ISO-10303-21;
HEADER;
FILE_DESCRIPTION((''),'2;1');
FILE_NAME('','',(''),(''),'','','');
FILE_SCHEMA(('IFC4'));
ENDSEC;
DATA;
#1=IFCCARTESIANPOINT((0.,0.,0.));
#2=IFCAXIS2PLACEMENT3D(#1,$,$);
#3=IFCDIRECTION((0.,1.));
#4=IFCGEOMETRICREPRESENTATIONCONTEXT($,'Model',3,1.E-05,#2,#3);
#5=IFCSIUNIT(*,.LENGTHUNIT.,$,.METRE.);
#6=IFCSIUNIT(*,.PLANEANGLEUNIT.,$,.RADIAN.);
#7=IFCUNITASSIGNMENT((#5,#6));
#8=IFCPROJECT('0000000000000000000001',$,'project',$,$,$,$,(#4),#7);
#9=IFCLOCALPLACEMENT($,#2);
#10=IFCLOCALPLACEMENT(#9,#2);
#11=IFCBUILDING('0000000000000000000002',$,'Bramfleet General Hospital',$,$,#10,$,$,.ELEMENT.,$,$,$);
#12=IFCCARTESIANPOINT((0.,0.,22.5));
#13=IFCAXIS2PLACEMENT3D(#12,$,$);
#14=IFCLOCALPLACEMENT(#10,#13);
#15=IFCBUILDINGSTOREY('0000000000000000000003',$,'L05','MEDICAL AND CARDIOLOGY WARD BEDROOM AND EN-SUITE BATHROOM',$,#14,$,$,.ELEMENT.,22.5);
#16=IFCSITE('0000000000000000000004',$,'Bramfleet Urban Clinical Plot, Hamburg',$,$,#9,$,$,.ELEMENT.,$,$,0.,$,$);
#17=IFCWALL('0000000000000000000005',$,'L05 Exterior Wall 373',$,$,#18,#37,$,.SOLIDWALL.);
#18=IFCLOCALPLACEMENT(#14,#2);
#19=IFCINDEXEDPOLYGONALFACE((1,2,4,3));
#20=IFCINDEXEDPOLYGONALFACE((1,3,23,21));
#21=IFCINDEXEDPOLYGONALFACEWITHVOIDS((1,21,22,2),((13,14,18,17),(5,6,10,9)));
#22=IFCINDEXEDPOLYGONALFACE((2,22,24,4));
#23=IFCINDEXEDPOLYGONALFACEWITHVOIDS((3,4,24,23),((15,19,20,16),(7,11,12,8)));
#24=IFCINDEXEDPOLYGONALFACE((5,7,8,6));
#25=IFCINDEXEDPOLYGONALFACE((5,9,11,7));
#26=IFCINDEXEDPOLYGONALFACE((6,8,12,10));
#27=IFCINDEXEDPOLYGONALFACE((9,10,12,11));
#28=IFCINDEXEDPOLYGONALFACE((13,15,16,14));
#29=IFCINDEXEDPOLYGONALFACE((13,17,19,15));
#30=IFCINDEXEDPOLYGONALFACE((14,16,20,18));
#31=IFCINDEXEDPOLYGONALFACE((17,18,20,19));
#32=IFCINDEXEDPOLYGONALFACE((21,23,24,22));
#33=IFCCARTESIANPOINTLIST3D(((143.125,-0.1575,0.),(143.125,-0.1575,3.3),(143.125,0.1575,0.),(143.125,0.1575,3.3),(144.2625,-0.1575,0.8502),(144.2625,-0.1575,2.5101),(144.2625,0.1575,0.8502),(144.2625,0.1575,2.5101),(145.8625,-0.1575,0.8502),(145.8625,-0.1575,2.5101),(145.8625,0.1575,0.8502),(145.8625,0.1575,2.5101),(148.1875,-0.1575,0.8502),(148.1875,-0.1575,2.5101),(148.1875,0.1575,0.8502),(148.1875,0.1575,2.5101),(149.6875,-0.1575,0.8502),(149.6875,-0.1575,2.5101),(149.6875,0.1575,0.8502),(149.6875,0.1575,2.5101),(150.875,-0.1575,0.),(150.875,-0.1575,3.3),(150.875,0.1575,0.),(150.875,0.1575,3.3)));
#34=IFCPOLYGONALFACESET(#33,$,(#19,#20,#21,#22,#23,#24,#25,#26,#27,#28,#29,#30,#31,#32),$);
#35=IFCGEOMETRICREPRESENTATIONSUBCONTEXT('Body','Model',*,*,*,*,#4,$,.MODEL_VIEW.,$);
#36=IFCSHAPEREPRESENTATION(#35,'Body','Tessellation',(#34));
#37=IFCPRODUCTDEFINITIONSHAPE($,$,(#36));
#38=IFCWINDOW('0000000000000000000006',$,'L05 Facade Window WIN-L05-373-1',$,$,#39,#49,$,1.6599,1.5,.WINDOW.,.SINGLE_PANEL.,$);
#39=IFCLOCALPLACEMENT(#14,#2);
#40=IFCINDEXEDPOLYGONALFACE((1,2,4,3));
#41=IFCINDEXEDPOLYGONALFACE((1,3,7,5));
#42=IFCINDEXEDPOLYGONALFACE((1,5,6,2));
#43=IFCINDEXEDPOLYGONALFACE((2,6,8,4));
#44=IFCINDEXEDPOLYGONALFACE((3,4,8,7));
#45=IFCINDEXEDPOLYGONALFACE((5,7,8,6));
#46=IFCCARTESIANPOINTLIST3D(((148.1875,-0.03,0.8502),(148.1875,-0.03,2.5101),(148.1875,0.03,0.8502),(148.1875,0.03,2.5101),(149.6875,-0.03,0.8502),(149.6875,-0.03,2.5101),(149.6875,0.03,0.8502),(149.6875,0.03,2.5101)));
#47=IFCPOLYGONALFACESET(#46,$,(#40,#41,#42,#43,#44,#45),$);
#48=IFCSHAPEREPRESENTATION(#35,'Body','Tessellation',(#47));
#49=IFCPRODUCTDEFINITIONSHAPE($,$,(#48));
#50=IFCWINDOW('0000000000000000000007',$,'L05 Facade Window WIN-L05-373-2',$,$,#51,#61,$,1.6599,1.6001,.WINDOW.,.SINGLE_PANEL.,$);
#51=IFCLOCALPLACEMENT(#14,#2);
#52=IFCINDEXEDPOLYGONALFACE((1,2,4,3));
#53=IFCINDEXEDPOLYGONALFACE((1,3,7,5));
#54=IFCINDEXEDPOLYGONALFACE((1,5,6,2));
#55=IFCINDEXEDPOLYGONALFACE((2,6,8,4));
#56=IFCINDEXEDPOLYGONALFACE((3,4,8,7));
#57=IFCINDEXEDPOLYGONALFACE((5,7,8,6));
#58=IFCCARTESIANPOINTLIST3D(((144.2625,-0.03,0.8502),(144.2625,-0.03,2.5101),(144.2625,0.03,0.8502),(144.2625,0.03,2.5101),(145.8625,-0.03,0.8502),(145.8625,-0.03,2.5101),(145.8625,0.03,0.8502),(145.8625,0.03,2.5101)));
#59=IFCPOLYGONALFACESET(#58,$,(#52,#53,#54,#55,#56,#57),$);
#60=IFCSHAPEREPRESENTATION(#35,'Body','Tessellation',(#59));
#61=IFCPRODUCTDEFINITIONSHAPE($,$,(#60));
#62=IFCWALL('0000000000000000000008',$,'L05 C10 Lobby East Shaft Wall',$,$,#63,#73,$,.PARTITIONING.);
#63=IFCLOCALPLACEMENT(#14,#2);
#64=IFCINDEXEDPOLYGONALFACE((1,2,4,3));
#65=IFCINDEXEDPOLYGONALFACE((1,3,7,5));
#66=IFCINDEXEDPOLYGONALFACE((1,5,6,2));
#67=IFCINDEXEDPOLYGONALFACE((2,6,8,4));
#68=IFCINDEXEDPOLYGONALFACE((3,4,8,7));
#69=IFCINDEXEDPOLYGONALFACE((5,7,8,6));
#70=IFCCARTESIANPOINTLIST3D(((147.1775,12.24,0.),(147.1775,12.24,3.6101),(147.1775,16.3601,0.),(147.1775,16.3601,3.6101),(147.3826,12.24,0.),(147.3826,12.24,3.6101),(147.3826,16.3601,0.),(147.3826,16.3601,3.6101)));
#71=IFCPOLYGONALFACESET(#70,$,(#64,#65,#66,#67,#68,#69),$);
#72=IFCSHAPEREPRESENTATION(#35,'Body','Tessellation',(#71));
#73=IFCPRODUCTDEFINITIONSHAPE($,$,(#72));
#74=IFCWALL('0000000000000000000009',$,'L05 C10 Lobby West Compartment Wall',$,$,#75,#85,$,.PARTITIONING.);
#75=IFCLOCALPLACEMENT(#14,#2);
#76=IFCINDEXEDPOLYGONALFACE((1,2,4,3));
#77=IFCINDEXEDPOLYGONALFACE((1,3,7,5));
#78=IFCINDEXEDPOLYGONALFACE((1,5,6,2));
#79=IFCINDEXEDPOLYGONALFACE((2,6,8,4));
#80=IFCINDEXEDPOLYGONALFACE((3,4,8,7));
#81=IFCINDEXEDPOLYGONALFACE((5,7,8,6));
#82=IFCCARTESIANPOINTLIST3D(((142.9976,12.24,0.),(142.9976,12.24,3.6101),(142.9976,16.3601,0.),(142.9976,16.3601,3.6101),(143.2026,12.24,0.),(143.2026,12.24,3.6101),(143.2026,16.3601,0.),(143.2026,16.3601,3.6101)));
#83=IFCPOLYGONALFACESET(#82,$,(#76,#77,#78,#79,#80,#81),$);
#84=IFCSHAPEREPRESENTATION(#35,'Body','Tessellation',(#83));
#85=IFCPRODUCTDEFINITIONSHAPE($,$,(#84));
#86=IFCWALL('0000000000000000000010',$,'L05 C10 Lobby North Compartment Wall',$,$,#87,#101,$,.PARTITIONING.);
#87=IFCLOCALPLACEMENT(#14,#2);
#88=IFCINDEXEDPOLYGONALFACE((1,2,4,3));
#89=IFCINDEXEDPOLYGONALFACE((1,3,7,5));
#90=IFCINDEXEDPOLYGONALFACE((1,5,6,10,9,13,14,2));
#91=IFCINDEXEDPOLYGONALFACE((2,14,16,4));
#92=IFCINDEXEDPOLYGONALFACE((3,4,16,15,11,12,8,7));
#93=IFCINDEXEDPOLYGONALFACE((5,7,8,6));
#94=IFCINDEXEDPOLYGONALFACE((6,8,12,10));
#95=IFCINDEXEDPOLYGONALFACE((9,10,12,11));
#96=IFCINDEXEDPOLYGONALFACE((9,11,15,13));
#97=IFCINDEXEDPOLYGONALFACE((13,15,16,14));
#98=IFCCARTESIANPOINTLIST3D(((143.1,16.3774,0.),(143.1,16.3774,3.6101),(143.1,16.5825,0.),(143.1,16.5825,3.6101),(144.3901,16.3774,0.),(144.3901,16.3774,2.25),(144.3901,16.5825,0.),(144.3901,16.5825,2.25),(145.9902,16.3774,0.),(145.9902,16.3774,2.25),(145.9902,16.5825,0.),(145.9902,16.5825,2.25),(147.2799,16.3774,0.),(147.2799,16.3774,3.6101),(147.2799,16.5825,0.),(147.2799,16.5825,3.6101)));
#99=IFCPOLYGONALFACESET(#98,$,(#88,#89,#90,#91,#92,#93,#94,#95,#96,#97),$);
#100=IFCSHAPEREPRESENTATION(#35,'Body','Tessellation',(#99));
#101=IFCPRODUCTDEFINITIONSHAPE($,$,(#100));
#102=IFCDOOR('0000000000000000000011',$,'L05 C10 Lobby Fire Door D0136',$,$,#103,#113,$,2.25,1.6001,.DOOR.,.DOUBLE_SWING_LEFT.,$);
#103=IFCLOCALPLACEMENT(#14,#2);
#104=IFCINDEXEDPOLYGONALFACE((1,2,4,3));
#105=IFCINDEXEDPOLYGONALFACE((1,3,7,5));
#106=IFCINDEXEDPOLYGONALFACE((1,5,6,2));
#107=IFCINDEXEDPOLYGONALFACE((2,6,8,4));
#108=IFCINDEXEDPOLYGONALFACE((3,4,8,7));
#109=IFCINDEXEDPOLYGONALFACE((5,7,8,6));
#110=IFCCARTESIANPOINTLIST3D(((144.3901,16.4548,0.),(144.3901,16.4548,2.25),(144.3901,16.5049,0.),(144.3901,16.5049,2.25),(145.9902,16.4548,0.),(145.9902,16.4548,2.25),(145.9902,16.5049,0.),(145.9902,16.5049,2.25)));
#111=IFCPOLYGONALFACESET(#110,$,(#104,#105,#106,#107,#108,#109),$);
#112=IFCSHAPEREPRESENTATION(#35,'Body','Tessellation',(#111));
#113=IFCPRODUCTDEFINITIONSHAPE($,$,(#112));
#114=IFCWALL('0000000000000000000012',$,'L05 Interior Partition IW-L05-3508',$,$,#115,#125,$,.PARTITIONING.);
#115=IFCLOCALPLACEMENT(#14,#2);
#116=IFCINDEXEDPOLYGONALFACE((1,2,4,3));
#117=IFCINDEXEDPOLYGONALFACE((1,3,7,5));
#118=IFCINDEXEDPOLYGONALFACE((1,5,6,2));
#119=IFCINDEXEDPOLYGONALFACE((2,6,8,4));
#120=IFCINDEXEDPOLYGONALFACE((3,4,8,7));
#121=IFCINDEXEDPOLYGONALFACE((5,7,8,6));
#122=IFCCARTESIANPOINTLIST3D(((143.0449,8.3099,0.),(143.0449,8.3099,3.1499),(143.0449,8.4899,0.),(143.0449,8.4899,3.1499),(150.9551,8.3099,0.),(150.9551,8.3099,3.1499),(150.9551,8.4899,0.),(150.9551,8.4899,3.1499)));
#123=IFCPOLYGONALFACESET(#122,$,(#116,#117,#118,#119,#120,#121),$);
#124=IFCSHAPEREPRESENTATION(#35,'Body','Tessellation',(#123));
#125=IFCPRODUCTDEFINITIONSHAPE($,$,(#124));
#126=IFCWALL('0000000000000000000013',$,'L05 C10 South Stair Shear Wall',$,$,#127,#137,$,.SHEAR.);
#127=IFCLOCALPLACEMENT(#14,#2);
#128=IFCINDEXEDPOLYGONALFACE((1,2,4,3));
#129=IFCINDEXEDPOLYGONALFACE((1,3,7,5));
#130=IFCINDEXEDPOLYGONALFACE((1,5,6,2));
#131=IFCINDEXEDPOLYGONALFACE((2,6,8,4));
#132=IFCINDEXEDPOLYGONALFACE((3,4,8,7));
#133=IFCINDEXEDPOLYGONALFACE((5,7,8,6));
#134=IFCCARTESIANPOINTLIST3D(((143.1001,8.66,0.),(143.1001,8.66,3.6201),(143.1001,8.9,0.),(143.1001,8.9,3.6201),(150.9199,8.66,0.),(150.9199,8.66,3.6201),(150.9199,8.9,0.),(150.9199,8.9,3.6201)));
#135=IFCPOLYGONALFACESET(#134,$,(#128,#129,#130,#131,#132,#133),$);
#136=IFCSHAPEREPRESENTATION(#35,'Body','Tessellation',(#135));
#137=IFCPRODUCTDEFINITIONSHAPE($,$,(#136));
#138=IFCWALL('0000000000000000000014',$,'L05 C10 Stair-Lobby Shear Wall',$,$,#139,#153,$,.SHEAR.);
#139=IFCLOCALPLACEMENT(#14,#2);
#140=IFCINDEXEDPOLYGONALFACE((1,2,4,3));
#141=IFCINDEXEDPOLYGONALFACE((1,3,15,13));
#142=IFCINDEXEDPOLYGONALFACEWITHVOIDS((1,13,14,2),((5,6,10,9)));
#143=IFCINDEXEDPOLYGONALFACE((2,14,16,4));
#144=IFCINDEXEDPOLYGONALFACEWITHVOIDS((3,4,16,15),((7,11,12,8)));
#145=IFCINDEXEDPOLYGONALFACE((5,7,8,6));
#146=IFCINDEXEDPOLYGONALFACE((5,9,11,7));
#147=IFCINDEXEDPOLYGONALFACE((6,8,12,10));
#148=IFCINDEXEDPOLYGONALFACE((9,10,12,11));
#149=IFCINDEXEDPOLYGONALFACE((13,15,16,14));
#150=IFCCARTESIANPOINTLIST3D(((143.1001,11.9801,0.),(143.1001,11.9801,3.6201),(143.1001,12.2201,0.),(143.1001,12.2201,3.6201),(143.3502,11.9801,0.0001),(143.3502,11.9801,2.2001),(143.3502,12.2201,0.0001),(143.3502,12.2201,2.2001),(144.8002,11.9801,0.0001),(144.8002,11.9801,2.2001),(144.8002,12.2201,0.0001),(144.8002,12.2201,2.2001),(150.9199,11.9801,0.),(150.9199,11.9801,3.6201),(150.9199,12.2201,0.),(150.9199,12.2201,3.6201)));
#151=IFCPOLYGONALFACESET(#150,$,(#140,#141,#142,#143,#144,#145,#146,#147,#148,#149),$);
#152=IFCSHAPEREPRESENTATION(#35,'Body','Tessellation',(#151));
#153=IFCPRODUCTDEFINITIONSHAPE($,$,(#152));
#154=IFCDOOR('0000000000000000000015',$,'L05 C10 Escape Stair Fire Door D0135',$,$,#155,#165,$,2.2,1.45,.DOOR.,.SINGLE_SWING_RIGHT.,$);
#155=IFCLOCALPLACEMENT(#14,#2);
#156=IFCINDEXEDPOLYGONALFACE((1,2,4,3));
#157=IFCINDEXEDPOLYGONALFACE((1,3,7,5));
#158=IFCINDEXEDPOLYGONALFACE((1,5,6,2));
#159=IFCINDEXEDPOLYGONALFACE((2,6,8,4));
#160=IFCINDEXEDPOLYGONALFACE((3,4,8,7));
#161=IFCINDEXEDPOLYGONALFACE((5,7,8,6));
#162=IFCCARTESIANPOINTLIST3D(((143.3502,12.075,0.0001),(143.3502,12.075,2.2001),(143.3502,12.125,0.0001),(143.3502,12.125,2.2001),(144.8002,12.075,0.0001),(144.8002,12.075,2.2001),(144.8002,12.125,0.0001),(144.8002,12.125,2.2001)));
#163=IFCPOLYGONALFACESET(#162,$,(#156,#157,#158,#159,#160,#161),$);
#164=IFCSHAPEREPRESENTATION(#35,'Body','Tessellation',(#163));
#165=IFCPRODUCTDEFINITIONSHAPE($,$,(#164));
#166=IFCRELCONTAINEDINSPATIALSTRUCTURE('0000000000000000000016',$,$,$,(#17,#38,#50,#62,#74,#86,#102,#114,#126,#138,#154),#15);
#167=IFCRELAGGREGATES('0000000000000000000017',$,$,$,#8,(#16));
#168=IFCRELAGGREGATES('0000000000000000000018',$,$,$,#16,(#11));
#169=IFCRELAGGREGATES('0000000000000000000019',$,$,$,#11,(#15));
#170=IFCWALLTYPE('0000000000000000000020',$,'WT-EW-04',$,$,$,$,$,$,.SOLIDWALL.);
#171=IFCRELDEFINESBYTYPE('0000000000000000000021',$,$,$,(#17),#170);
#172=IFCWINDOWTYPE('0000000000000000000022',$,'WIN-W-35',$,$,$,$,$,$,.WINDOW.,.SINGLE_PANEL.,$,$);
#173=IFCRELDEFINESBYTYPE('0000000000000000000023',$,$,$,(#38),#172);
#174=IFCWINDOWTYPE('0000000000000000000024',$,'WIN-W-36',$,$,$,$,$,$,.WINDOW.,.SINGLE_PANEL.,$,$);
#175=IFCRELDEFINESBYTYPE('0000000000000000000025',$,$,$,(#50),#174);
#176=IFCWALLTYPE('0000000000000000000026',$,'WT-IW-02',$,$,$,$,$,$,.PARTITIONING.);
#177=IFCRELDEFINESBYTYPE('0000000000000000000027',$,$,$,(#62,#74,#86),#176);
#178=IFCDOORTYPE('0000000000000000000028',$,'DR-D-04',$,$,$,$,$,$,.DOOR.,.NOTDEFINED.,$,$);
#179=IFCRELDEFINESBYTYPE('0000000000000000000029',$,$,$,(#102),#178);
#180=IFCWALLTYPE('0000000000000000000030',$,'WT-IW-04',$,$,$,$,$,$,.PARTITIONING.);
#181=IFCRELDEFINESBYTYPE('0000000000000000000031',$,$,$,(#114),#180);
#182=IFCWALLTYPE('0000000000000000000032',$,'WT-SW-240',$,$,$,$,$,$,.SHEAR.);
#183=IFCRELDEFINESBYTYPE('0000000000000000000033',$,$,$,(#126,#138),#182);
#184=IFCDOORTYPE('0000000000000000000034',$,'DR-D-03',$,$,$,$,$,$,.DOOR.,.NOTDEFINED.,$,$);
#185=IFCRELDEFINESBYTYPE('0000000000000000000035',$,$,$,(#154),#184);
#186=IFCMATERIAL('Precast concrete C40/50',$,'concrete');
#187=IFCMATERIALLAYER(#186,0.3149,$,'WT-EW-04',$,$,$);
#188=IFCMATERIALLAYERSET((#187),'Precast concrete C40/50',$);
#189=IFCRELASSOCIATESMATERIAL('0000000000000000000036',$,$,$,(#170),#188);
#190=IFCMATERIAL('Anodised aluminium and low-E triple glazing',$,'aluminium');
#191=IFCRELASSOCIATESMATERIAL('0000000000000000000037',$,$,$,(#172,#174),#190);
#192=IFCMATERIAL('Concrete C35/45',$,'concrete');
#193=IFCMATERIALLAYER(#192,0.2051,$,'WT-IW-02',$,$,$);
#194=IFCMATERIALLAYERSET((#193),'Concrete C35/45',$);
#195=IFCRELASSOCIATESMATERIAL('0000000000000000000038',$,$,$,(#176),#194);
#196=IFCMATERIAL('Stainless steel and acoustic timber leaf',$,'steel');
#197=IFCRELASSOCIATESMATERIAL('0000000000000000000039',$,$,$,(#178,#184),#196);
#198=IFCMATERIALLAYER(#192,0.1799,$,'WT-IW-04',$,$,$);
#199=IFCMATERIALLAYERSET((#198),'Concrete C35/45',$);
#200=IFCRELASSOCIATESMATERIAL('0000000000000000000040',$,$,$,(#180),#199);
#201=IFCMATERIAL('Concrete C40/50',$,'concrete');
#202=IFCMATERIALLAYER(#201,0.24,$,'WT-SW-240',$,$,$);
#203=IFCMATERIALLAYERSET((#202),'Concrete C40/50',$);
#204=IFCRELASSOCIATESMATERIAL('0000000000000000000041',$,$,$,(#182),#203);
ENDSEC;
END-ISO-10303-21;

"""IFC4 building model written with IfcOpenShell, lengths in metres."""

from ifc_helpers import new_model, si_unit, direction, frame, frame_2d, origin, place, context, subcontext, project, spatial, rectangle, extrude, material, layer, layer_set, type_object, element, fill, save


model = new_model("IFC4")

# Units and contexts
model_context = context("Model", 3, precision=1e-05, world=origin(), true_north=direction((0.0, 1.0)))
body_context = subcontext(model_context, "Body", "Model", "MODEL_VIEW")
ifc_project = project(units=[si_unit("LENGTHUNIT", "METRE"), si_unit("PLANEANGLEUNIT", "RADIAN")], contexts=[model_context])

# Site, building, storey
site_placement = place(None, origin())
site = spatial("IfcSite", under=ifc_project, at=site_placement, Name="Bramfleet Urban Clinical Plot, Hamburg", CompositionType="ELEMENT", RefElevation=0.0)
building_placement = place(site_placement, origin())
building = spatial("IfcBuilding", under=site, at=building_placement, Name="Bramfleet General Hospital", CompositionType="ELEMENT")
storey_placement = place(building_placement, frame((0.0, 0.0, 22.5)))
storey = spatial("IfcBuildingStorey", under=building, at=storey_placement, Name="L05", Description="MEDICAL AND CARDIOLOGY WARD BEDROOM AND EN-SUITE BATHROOM", CompositionType="ELEMENT", Elevation=22.5)

# Shared definitions
ifc_material_1 = material(Name="Concrete C40/50", Category="concrete")

# Shared definitions
ifc_material_2 = material(Name="Concrete C35/45", Category="concrete")

# Shared definitions
ifc_material_3 = material(Name="Anodised aluminium and low-E triple glazing", Category="aluminium")

# Wall, openings, windows
ifc_material_4 = material(Name="Precast concrete C40/50", Category="concrete")
ifc_layer_1 = layer(ifc_material_4, 0.3149, Name="WT-EW-04")
ifc_layer_set_1 = layer_set([ifc_layer_1], Name="Precast concrete C40/50")
wall_type_1 = type_object("IfcWallType", Name="WT-EW-04", PredefinedType="SOLIDWALL", material=ifc_layer_set_1)
wall_1_placement = place(storey_placement, frame((150.875, 0.0, 0.0), z_axis=(0.0, 0.0, 1.0), x_axis=(-1.0, 0.0, 0.0)))
wall_1 = element("IfcWall", 1, at=wall_1_placement, inside=storey, type_object=wall_type_1, Name="L05 Exterior Wall 373", PredefinedType="SOLIDWALL", context=body_context, shape_type="SweptSolid", body=[
    extrude(rectangle(XDim=7.75, YDim=0.3149, at=frame_2d((3.875, 0.0))), origin(), (0.0, 0.0, 1.0), 3.3),
])
opening_1_placement = place(wall_1_placement, frame((1.1875, 0.0, 0.8501)))
opening_1 = element("IfcOpeningElement", 2, at=opening_1_placement, cuts=wall_1, PredefinedType="OPENING", context=body_context, shape_type="SweptSolid", body=[
    extrude(rectangle(XDim=1.5, YDim=1.6599, at=frame_2d((0.75, 0.8301))), frame((0.0, 0.1675, 0.0), z_axis=(0.0, -1.0, 0.0), x_axis=(1.0, 0.0, 0.0)), (0.0, 0.0, 1.0), 0.335),
])
opening_2_placement = place(wall_1_placement, frame((5.0125, 0.0, 0.8501)))
opening_2 = element("IfcOpeningElement", 3, at=opening_2_placement, cuts=wall_1, PredefinedType="OPENING", context=body_context, shape_type="SweptSolid", body=[
    extrude(rectangle(XDim=1.6001, YDim=1.6599, at=frame_2d((0.8, 0.8301))), frame((0.0, 0.1675, 0.0), z_axis=(0.0, -1.0, 0.0), x_axis=(1.0, 0.0, 0.0)), (0.0, 0.0, 1.0), 0.335),
])
window_type_1 = type_object("IfcWindowType", Name="WIN-W-35", PartitioningType="SINGLE_PANEL", PredefinedType="WINDOW", material=ifc_material_3)
window_1_placement = place(opening_1_placement, origin())
window_1 = element("IfcWindow", 4, at=window_1_placement, inside=storey, type_object=window_type_1, Name="L05 Facade Window WIN-L05-373-1", OverallHeight=1.6599, OverallWidth=1.5, PartitioningType="SINGLE_PANEL", PredefinedType="WINDOW", context=body_context, shape_type="SweptSolid", body=[
    extrude(rectangle(XDim=1.5, YDim=1.6599, at=frame_2d((0.75, 0.8301))), frame((0.0, 0.03, 0.0), z_axis=(0.0, -1.0, 0.0), x_axis=(1.0, 0.0, 0.0)), (0.0, 0.0, 1.0), 0.0601),
])
fill(opening_1, window_1)
window_type_2 = type_object("IfcWindowType", Name="WIN-W-36", PartitioningType="SINGLE_PANEL", PredefinedType="WINDOW", material=ifc_material_3)
window_2_placement = place(opening_2_placement, origin())
window_2 = element("IfcWindow", 5, at=window_2_placement, inside=storey, type_object=window_type_2, Name="L05 Facade Window WIN-L05-373-2", OverallHeight=1.6599, OverallWidth=1.6001, PartitioningType="SINGLE_PANEL", PredefinedType="WINDOW", context=body_context, shape_type="SweptSolid", body=[
    extrude(rectangle(XDim=1.6001, YDim=1.6599, at=frame_2d((0.8, 0.8301))), frame((0.0, 0.03, 0.0), z_axis=(0.0, -1.0, 0.0), x_axis=(1.0, 0.0, 0.0)), (0.0, 0.0, 1.0), 0.0601),
])
fill(opening_2, window_2)

# Walls
ifc_layer_2 = layer(ifc_material_2, 0.2051, Name="WT-IW-02")
ifc_layer_set_2 = layer_set([ifc_layer_2], Name="Concrete C35/45")
wall_type_2 = type_object("IfcWallType", Name="WT-IW-02", PredefinedType="PARTITIONING", material=ifc_layer_set_2)
for number, where, z_axis, x_axis, name in (
    (6, (147.28, 12.24, 0.0), (0.0, 0.0, 1.0), (0.0, 1.0, 0.0), "L05 C10 Lobby East Shaft Wall"),
    (7, (143.1001, 12.24, 0.0), (0.0, 0.0, 1.0), (0.0, 1.0, 0.0), "L05 C10 Lobby West Compartment Wall"),
):
    element("IfcWall", number, at=place(storey_placement, frame(where, z_axis=z_axis, x_axis=x_axis)), inside=storey, type_object=wall_type_2, Name=name, PredefinedType="PARTITIONING", context=body_context, shape_type="SweptSolid", body=[
        extrude(rectangle(XDim=4.1201, YDim=0.2051, at=frame_2d((2.0601, 0.0))), origin(), (0.0, 0.0, 1.0), 3.6101),
    ])

# Wall, opening, door
wall_2_placement = place(storey_placement, frame((143.1001, 16.48, 0.0), z_axis=(0.0, 0.0, 1.0), x_axis=(1.0, 0.0, 0.0)))
wall_2 = element("IfcWall", 8, at=wall_2_placement, inside=storey, type_object=wall_type_2, Name="L05 C10 Lobby North Compartment Wall", PredefinedType="PARTITIONING", context=body_context, shape_type="SweptSolid", body=[
    extrude(rectangle(XDim=4.1799, YDim=0.2051, at=frame_2d((2.0898, 0.0))), origin(), (0.0, 0.0, 1.0), 3.6101),
])
opening_3_placement = place(wall_2_placement, frame((1.29, 0.0, 0.0)))
opening_3 = element("IfcOpeningElement", 9, at=opening_3_placement, cuts=wall_2, PredefinedType="OPENING", context=body_context, shape_type="SweptSolid", body=[
    extrude(rectangle(XDim=1.6001, YDim=2.25, at=frame_2d((0.8, 1.125))), frame((0.0, 0.1125, 0.0), z_axis=(0.0, -1.0, 0.0), x_axis=(1.0, 0.0, 0.0)), (0.0, 0.0, 1.0), 0.2251),
])
ifc_material_5 = material(Name="Stainless steel and acoustic timber leaf", Category="steel")
door_type_1 = type_object("IfcDoorType", Name="DR-D-04", OperationType="NOTDEFINED", PredefinedType="DOOR", material=ifc_material_5)
door_1_placement = place(opening_3_placement, origin())
door_1 = element("IfcDoor", 10, at=door_1_placement, inside=storey, type_object=door_type_1, Name="L05 C10 Lobby Fire Door D0136", OperationType="DOUBLE_SWING_LEFT", OverallHeight=2.25, OverallWidth=1.6001, PredefinedType="DOOR", context=body_context, shape_type="SweptSolid", body=[
    extrude(rectangle(XDim=1.6001, YDim=2.25, at=frame_2d((0.8, 1.125))), frame((0.0, 0.0249, 0.0), z_axis=(0.0, -1.0, 0.0), x_axis=(1.0, 0.0, 0.0)), (0.0, 0.0, 1.0), 0.05),
])
fill(opening_3, door_1)

# Walls
ifc_layer_3 = layer(ifc_material_2, 0.1799, Name="WT-IW-04")
ifc_layer_set_3 = layer_set([ifc_layer_3], Name="Concrete C35/45")
wall_type_3 = type_object("IfcWallType", Name="WT-IW-04", PredefinedType="PARTITIONING", material=ifc_layer_set_3)
wall_3_placement = place(storey_placement, frame((143.0449, 8.3999, 0.0), z_axis=(0.0, 0.0, 1.0), x_axis=(1.0, 0.0, 0.0)))
element("IfcWall", 11, at=wall_3_placement, inside=storey, type_object=wall_type_3, Name="L05 Interior Partition IW-L05-3508", PredefinedType="PARTITIONING", context=body_context, shape_type="SweptSolid", body=[
    extrude(rectangle(XDim=7.9102, YDim=0.1799, at=frame_2d((3.9551, 0.0))), origin(), (0.0, 0.0, 1.0), 3.1499),
])
ifc_layer_4 = layer(ifc_material_1, 0.24, Name="WT-SW-240")
ifc_layer_set_4 = layer_set([ifc_layer_4], Name="Concrete C40/50")
wall_type_4 = type_object("IfcWallType", Name="WT-SW-240", PredefinedType="SHEAR", material=ifc_layer_set_4)
wall_4_placement = place(storey_placement, frame((143.1001, 8.78, 0.0), z_axis=(0.0, 0.0, 1.0), x_axis=(1.0, 0.0, 0.0)))
element("IfcWall", 12, at=wall_4_placement, inside=storey, type_object=wall_type_4, Name="L05 C10 South Stair Shear Wall", PredefinedType="SHEAR", context=body_context, shape_type="SweptSolid", body=[
    extrude(rectangle(XDim=7.8198, YDim=0.24, at=frame_2d((3.9099, 0.0))), origin(), (0.0, 0.0, 1.0), 3.6201),
])

# Wall, opening, door
wall_5_placement = place(storey_placement, frame((143.1001, 12.1001, 0.0), z_axis=(0.0, 0.0, 1.0), x_axis=(1.0, 0.0, 0.0)))
wall_5 = element("IfcWall", 13, at=wall_5_placement, inside=storey, type_object=wall_type_4, Name="L05 C10 Stair-Lobby Shear Wall", PredefinedType="SHEAR", context=body_context, shape_type="SweptSolid", body=[
    extrude(rectangle(XDim=7.8198, YDim=0.24, at=frame_2d((3.9099, 0.0))), origin(), (0.0, 0.0, 1.0), 3.6201),
])
opening_4_placement = place(wall_5_placement, frame((0.25, 0.0, 0.0)))
opening_4 = element("IfcOpeningElement", 14, at=opening_4_placement, cuts=wall_5, PredefinedType="OPENING", context=body_context, shape_type="SweptSolid", body=[
    extrude(rectangle(XDim=1.45, YDim=2.2, at=frame_2d((0.7251, 1.1001))), frame((0.0, 0.1299, 0.0), z_axis=(0.0, -1.0, 0.0), x_axis=(1.0, 0.0, 0.0)), (0.0, 0.0, 1.0), 0.26),
])
door_type_2 = type_object("IfcDoorType", Name="DR-D-03", OperationType="NOTDEFINED", PredefinedType="DOOR", material=ifc_material_5)
door_2_placement = place(opening_4_placement, origin())
door_2 = element("IfcDoor", 15, at=door_2_placement, inside=storey, type_object=door_type_2, Name="L05 C10 Escape Stair Fire Door D0135", OperationType="SINGLE_SWING_RIGHT", OverallHeight=2.2, OverallWidth=1.45, PredefinedType="DOOR", context=body_context, shape_type="SweptSolid", body=[
    extrude(rectangle(XDim=1.45, YDim=2.2, at=frame_2d((0.7251, 1.1001))), frame((0.0, 0.0249, 0.0), z_axis=(0.0, -1.0, 0.0), x_axis=(1.0, 0.0, 0.0)), (0.0, 0.0, 1.0), 0.05),
])
fill(opening_4, door_2)

save(model, "model.ifc")
